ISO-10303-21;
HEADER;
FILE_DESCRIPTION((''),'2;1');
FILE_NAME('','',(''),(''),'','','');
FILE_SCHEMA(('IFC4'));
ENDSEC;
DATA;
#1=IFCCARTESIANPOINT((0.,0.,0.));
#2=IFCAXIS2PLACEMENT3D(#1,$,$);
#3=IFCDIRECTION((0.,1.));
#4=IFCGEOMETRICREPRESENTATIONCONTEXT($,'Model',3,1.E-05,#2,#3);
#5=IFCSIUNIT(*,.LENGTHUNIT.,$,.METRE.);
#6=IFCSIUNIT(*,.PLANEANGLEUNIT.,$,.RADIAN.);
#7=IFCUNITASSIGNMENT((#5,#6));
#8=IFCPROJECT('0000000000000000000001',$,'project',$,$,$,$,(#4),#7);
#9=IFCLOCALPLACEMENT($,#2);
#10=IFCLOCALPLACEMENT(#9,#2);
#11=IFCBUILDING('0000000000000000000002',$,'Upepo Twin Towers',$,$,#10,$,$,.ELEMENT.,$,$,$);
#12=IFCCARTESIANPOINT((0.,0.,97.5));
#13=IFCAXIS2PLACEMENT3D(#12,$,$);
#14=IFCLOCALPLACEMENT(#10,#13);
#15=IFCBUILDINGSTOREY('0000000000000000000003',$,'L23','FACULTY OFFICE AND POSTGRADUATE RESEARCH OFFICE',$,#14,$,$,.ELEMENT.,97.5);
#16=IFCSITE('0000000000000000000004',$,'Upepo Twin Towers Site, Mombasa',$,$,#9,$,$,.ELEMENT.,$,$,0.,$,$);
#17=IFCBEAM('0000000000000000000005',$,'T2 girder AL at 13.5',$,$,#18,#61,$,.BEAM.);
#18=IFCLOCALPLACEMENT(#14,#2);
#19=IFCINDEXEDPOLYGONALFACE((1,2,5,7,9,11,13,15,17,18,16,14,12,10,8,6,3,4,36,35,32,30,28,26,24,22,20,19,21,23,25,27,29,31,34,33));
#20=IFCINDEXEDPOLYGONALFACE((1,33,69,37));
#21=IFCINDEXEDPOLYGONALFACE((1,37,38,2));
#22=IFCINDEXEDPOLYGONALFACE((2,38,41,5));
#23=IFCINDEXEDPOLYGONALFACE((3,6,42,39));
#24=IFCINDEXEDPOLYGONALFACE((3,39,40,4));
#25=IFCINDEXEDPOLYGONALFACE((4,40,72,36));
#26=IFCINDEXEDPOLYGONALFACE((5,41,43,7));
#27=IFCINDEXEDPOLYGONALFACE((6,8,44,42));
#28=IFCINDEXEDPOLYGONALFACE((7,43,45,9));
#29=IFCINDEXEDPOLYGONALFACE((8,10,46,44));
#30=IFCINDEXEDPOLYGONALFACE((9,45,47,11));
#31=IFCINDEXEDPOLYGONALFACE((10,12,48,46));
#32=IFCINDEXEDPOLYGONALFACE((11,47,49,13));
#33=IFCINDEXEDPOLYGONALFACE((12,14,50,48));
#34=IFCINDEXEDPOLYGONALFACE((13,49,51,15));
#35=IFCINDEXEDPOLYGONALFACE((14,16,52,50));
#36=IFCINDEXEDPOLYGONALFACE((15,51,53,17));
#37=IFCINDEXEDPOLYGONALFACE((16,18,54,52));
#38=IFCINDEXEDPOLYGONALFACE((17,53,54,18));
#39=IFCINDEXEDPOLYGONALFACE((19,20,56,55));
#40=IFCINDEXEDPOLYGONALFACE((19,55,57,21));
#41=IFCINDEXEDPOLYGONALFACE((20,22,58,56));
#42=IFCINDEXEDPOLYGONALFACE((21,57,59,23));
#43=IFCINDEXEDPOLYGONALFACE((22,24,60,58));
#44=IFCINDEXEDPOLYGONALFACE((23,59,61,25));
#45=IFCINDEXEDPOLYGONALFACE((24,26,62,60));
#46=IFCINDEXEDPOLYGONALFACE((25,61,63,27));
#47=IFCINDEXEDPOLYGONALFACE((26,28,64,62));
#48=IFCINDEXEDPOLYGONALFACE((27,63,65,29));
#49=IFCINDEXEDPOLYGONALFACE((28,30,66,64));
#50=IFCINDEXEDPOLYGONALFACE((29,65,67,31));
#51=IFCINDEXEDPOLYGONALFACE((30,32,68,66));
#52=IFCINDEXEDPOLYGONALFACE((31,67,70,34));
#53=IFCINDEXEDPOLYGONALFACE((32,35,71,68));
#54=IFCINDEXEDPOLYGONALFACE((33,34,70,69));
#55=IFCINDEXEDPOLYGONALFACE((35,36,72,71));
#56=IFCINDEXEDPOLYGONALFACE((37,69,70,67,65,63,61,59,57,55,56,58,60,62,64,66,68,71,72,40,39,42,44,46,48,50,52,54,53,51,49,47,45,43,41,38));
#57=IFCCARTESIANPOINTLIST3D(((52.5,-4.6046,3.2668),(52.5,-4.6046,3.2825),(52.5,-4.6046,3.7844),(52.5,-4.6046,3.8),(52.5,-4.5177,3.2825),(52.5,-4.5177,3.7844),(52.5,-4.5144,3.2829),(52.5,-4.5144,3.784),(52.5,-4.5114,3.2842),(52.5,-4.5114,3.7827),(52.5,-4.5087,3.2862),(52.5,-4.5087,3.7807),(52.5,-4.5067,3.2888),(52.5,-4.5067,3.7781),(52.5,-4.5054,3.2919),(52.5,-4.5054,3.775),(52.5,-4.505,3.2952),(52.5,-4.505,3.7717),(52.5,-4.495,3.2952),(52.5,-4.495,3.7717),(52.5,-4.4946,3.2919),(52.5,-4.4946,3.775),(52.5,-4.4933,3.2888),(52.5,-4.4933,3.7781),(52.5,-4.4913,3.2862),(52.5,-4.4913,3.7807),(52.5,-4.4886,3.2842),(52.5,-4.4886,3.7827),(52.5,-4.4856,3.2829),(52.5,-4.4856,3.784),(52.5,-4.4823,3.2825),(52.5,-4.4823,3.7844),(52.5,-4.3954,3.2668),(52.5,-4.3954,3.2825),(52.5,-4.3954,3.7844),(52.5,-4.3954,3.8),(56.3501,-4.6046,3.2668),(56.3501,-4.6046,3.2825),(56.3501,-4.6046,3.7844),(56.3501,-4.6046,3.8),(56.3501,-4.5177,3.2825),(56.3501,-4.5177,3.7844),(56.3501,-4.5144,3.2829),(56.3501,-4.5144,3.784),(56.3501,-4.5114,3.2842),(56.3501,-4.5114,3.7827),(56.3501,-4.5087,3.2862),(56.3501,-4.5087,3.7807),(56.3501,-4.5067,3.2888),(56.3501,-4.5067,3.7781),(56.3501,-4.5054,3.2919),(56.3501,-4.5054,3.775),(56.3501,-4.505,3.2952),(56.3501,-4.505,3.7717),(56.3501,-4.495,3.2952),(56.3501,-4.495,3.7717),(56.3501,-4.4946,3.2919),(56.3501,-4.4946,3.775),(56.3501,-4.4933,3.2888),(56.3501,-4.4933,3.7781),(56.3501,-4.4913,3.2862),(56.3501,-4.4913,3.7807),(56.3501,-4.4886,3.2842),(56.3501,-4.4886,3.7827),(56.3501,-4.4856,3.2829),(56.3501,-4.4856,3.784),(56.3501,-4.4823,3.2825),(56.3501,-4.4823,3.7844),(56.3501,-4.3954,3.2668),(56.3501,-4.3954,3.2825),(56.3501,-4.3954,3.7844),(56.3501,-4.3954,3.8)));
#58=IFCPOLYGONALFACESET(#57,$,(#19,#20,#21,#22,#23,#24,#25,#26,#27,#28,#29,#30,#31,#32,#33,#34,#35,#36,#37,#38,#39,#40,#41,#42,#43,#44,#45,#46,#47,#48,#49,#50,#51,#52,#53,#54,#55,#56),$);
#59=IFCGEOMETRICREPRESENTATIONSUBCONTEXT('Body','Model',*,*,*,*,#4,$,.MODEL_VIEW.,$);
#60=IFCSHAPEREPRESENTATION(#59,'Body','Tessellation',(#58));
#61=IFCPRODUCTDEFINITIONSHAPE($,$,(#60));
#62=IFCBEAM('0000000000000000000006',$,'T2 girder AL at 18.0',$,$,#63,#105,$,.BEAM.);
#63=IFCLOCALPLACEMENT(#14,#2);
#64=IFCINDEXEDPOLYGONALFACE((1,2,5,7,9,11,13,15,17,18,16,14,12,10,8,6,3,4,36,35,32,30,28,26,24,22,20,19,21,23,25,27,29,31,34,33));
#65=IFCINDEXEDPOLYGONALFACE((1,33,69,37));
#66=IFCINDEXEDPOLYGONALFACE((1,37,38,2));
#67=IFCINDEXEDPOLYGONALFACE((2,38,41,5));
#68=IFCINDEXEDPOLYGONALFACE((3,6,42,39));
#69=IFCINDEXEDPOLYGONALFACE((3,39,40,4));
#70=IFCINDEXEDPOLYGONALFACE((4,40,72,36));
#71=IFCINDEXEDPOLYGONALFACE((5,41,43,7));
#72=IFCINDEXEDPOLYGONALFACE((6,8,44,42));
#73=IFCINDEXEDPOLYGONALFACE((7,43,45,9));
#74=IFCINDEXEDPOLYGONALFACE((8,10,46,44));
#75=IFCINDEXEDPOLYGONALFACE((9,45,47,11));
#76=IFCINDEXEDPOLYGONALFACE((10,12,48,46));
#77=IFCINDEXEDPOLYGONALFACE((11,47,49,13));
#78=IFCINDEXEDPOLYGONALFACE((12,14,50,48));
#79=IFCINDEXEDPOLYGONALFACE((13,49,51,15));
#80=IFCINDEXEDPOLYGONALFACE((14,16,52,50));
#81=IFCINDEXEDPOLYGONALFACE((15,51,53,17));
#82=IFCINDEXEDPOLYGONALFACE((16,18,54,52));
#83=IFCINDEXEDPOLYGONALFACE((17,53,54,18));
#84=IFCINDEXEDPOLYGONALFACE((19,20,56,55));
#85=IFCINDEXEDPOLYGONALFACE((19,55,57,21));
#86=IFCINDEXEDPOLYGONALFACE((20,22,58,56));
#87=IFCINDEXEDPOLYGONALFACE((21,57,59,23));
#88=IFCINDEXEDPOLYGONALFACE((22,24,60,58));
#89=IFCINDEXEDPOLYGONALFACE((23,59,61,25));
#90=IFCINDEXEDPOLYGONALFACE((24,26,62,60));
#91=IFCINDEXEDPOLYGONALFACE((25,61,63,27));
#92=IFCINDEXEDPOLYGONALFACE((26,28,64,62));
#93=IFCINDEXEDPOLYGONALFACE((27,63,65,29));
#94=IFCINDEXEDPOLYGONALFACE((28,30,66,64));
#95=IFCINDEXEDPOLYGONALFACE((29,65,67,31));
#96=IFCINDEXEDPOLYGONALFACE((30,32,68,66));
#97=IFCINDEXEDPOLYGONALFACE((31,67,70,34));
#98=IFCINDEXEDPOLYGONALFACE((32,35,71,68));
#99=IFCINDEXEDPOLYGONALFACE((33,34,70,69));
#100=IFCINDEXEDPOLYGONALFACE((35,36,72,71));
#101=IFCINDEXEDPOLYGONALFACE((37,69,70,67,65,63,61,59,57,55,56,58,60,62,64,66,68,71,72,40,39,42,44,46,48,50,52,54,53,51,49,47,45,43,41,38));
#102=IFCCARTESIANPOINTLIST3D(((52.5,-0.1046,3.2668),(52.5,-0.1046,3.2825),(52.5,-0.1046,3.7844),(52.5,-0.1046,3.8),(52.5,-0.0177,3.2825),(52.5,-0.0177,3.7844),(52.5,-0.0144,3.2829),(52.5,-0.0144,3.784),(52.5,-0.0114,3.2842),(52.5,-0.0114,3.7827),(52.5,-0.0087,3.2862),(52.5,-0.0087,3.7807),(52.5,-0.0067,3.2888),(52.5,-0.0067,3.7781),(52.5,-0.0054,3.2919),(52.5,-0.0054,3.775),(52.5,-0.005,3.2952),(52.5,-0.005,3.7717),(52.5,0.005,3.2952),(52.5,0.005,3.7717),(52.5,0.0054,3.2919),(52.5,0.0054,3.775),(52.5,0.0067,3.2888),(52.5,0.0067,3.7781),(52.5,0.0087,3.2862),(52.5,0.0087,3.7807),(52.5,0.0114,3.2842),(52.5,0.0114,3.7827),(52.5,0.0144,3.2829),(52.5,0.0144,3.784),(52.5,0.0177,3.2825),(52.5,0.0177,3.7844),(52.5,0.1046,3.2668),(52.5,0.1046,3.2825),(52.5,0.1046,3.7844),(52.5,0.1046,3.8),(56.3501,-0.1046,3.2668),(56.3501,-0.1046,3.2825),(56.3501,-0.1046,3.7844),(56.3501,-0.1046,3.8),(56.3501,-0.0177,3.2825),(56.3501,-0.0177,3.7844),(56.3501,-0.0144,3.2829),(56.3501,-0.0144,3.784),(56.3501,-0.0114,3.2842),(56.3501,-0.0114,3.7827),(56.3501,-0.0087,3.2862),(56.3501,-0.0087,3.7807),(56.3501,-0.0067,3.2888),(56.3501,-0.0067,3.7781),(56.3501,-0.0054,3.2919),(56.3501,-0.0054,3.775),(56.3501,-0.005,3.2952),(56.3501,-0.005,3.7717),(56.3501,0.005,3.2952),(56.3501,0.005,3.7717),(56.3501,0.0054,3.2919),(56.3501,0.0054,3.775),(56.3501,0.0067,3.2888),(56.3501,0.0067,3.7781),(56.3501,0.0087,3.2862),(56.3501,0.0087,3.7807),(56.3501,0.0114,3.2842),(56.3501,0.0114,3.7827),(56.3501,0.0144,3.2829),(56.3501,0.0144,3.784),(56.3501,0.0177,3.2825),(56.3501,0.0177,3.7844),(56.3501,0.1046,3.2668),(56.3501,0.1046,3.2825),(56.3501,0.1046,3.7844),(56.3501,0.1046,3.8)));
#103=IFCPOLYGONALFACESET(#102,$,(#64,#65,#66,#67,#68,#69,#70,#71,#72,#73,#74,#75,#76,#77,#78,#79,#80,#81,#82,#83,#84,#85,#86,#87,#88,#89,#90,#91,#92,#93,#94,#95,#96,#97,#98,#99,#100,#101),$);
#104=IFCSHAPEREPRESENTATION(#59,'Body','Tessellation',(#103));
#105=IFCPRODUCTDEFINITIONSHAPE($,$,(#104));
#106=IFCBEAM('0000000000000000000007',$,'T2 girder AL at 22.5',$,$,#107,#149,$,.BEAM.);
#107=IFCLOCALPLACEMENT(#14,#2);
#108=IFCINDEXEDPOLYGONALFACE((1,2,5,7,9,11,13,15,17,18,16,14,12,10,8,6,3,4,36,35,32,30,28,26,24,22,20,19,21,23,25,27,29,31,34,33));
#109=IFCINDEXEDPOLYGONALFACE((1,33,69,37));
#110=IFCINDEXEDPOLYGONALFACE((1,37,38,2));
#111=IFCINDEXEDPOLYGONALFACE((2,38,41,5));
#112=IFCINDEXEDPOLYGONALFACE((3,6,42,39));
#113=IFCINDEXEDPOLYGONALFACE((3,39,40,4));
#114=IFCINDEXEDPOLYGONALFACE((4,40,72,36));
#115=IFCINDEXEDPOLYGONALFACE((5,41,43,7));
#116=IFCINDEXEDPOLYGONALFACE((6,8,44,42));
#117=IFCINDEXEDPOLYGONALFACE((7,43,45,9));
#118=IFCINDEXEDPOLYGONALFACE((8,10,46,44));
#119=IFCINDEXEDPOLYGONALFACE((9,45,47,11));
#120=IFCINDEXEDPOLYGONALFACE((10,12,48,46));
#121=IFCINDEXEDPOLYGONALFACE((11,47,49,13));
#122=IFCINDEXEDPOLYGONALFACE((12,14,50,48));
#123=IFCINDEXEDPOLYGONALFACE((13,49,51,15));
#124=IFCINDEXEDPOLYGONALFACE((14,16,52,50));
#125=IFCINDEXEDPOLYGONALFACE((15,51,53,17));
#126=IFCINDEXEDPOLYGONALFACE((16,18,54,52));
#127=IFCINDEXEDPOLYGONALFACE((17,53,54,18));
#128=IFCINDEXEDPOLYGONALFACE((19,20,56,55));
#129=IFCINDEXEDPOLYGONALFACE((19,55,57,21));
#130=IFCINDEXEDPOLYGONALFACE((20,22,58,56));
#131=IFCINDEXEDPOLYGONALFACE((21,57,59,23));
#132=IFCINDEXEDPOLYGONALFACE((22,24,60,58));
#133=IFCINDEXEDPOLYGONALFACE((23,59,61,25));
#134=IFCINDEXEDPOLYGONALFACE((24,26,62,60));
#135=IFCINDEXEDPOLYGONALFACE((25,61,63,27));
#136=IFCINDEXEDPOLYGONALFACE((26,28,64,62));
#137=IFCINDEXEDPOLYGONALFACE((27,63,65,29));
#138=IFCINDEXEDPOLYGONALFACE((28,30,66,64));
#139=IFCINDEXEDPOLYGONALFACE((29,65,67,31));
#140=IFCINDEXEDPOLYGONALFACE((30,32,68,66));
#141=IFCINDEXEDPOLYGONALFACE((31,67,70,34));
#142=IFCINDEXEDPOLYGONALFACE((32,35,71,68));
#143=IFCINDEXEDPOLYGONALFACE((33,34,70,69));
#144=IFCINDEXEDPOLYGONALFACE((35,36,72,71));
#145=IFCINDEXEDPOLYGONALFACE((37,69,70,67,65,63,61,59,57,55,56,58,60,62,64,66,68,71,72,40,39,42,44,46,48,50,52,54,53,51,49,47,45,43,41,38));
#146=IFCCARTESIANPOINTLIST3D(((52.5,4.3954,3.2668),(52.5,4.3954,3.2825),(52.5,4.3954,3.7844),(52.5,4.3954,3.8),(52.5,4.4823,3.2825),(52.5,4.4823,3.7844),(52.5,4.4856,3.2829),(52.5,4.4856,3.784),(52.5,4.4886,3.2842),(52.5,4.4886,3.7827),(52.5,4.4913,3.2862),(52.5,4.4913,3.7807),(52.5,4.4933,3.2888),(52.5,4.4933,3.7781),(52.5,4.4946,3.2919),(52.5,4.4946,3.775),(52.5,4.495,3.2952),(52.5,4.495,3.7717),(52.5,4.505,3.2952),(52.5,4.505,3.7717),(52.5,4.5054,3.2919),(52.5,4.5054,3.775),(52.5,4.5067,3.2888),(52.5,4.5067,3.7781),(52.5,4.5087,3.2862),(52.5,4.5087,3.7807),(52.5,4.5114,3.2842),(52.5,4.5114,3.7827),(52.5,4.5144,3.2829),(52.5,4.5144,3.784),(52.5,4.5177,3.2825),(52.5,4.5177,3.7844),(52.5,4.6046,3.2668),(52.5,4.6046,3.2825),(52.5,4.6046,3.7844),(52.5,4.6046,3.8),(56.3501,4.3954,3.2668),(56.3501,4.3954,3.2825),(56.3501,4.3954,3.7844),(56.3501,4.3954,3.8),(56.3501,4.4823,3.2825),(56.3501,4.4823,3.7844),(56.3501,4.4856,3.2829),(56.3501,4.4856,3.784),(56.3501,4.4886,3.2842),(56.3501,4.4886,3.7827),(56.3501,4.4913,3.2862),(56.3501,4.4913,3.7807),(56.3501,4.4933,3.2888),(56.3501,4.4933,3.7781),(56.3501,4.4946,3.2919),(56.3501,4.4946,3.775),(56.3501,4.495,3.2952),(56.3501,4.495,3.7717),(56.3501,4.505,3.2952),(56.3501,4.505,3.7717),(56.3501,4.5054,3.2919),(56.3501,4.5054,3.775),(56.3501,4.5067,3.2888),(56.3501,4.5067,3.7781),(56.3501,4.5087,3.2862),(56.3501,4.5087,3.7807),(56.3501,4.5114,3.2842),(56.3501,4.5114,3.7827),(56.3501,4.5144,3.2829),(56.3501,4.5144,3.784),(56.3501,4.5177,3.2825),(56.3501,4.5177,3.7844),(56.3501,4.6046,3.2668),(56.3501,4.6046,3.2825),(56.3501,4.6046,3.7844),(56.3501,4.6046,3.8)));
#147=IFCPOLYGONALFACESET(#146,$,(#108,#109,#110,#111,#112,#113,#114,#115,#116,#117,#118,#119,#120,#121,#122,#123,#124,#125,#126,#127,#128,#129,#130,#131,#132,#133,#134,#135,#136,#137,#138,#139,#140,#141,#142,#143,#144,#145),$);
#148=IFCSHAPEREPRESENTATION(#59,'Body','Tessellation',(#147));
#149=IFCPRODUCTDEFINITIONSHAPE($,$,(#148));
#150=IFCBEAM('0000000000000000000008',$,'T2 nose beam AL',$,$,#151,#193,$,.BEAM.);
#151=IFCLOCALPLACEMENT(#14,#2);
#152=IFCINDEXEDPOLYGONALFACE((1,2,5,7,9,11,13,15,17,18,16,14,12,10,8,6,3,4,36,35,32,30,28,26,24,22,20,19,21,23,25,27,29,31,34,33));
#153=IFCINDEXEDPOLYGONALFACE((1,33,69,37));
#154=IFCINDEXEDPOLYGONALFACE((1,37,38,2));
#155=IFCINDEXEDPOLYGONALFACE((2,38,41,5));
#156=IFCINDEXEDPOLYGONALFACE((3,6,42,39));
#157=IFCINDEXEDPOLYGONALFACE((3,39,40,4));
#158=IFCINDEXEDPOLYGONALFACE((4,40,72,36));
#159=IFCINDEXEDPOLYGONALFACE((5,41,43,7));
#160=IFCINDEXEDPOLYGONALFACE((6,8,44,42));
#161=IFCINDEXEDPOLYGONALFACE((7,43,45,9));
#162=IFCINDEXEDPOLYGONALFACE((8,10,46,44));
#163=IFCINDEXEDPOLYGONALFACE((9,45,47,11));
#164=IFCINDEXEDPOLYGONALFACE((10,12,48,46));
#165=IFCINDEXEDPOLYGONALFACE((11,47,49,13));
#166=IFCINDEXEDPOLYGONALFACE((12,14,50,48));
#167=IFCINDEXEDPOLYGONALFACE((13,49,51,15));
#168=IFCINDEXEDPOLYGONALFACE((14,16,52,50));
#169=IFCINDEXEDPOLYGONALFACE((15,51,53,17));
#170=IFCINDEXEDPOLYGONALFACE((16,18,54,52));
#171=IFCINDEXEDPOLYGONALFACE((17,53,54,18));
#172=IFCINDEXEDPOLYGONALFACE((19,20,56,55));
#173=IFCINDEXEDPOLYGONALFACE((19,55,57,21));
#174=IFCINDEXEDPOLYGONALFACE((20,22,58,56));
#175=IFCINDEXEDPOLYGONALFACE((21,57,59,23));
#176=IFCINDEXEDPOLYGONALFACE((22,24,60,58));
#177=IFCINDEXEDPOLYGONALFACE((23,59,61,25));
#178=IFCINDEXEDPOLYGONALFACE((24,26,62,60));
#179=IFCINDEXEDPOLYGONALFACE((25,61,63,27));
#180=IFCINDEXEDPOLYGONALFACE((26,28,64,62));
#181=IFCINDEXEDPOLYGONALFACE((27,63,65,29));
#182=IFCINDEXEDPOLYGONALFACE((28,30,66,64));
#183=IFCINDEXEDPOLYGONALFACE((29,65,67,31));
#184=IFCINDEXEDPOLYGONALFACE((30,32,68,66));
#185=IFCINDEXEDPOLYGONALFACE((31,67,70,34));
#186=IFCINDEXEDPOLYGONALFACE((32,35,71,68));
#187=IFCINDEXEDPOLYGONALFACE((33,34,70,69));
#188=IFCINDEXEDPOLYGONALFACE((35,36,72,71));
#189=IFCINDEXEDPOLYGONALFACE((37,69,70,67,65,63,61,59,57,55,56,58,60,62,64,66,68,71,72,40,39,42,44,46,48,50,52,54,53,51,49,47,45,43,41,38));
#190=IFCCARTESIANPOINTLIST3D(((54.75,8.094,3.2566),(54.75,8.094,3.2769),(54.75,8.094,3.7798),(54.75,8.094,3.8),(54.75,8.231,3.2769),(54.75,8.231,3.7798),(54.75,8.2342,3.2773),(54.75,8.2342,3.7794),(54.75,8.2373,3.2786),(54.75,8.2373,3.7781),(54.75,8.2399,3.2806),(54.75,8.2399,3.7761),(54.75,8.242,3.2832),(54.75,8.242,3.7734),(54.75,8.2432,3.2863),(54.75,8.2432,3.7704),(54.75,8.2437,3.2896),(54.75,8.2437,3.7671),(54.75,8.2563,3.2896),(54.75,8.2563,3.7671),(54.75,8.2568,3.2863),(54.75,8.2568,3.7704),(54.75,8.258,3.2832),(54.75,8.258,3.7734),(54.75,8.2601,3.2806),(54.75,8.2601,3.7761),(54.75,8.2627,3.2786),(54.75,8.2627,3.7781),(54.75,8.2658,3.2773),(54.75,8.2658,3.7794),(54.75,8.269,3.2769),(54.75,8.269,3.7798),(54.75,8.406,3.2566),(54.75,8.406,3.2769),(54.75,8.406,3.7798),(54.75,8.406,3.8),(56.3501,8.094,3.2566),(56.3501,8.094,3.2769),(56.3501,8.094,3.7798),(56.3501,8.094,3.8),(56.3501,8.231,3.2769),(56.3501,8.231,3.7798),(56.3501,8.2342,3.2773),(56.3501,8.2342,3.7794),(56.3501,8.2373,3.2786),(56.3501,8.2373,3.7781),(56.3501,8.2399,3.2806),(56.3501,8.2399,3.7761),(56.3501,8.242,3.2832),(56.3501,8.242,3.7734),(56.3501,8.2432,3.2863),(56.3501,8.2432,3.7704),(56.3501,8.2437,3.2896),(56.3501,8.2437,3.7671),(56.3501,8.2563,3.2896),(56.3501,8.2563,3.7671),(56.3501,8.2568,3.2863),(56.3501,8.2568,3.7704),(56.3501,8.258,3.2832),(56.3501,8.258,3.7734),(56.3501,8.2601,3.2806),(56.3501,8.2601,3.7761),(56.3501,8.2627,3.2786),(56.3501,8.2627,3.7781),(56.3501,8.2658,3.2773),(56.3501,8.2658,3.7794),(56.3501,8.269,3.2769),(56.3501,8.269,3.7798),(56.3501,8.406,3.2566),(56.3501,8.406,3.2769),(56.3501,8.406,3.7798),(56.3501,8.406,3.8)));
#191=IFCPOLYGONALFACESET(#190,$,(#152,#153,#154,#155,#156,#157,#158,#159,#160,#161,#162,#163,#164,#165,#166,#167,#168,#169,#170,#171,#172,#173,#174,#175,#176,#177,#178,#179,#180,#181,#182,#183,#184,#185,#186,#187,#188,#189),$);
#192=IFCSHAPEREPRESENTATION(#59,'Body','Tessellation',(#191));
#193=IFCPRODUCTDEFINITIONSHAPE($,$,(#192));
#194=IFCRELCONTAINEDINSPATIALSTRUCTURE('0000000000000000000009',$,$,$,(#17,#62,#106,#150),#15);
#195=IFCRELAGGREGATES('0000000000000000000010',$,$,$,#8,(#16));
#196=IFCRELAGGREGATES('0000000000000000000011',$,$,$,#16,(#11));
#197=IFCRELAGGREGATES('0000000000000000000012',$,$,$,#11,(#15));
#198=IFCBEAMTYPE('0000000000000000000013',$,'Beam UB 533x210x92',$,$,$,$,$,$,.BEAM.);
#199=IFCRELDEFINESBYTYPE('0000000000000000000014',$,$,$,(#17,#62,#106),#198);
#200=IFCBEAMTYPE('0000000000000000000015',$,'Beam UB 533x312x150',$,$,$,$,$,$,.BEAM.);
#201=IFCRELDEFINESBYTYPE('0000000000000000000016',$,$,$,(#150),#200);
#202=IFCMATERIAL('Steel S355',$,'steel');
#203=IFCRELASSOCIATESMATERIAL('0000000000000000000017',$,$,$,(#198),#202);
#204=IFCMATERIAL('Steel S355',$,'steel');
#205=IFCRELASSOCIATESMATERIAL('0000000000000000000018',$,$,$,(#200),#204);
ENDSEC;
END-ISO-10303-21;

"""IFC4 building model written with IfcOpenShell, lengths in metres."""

from ifc_helpers import new_model, si_unit, direction, frame, origin, origin_2d, place, context, subcontext, project, spatial, i_section, extrude, material, material_profile, profile_set, type_object, element, save


model = new_model("IFC4")

# Units and contexts
model_context = context("Model", 3, precision=1e-05, world=origin(), true_north=direction((0.0, 1.0)))
body_context = subcontext(model_context, "Body", "Model", "MODEL_VIEW")
ifc_project = project(units=[si_unit("LENGTHUNIT", "METRE"), si_unit("PLANEANGLEUNIT", "RADIAN")], contexts=[model_context])

# Site, building, storey
site_placement = place(None, origin())
site = spatial("IfcSite", under=ifc_project, at=site_placement, Name="Upepo Twin Towers Site, Mombasa", CompositionType="ELEMENT", RefElevation=0.0)
building_placement = place(site_placement, origin())
building = spatial("IfcBuilding", under=site, at=building_placement, Name="Upepo Twin Towers", CompositionType="ELEMENT")
storey_placement = place(building_placement, frame((0.0, 0.0, 97.5)))
storey = spatial("IfcBuildingStorey", under=building, at=storey_placement, Name="L23", Description="FACULTY OFFICE AND POSTGRADUATE RESEARCH OFFICE", CompositionType="ELEMENT", Elevation=97.5)

# Beams
ifc_material_1 = material(Name="Steel S355", Category="steel")
ifc_material_profile_1 = material_profile(ifc_material_1, i_section(OverallWidth=0.2092, OverallDepth=0.5332, WebThickness=0.01, FlangeThickness=0.0156, FilletRadius=0.0127, at=origin_2d()), Name="UB 533x210x92")
ifc_profile_set_1 = profile_set([ifc_material_profile_1], Name="Steel S355")
beam_type_1 = type_object("IfcBeamType", Name="Beam UB 533x210x92", PredefinedType="BEAM", material=ifc_profile_set_1)
for number, where, z_axis, x_axis, name in (
    (1, (52.5, -4.5, 3.5334), (1.0, 0.0, 0.0), (0.0, 1.0, 0.0), "T2 girder AL at 13.5"),
    (2, (52.5, 0.0, 3.5334), (1.0, 0.0, 0.0), (0.0, 1.0, 0.0), "T2 girder AL at 18.0"),
    (3, (52.5, 4.5, 3.5334), (1.0, 0.0, 0.0), (0.0, 1.0, 0.0), "T2 girder AL at 22.5"),
):
    element("IfcBeam", number, at=place(storey_placement, frame(where, z_axis=z_axis, x_axis=x_axis)), inside=storey, type_object=beam_type_1, Name=name, PredefinedType="BEAM", context=body_context, shape_type="SweptSolid", body=[
        extrude(i_section(OverallWidth=0.2092, OverallDepth=0.5332, WebThickness=0.01, FlangeThickness=0.0156, FilletRadius=0.0127, at=origin_2d()), origin(), (0.0, 0.0, 1.0), 3.8501),
    ])
ifc_material_2 = material(Name="Steel S355", Category="steel")
ifc_material_profile_2 = material_profile(ifc_material_2, i_section(OverallWidth=0.312, OverallDepth=0.5435, WebThickness=0.0127, FlangeThickness=0.0203, FilletRadius=0.0127, at=origin_2d()), Name="UB 533x312x150")
ifc_profile_set_2 = profile_set([ifc_material_profile_2], Name="Steel S355")
beam_type_2 = type_object("IfcBeamType", Name="Beam UB 533x312x150", PredefinedType="BEAM", material=ifc_profile_set_2)
beam_1_placement = place(storey_placement, frame((54.75, 8.25, 3.5283), z_axis=(1.0, 0.0, 0.0), x_axis=(0.0, 1.0, 0.0)))
element("IfcBeam", 4, at=beam_1_placement, inside=storey, type_object=beam_type_2, Name="T2 nose beam AL", PredefinedType="BEAM", context=body_context, shape_type="SweptSolid", body=[
    extrude(i_section(OverallWidth=0.312, OverallDepth=0.5435, WebThickness=0.0127, FlangeThickness=0.0203, FilletRadius=0.0127, at=origin_2d()), origin(), (0.0, 0.0, 1.0), 1.6001),
])

save(model, "model.ifc")
